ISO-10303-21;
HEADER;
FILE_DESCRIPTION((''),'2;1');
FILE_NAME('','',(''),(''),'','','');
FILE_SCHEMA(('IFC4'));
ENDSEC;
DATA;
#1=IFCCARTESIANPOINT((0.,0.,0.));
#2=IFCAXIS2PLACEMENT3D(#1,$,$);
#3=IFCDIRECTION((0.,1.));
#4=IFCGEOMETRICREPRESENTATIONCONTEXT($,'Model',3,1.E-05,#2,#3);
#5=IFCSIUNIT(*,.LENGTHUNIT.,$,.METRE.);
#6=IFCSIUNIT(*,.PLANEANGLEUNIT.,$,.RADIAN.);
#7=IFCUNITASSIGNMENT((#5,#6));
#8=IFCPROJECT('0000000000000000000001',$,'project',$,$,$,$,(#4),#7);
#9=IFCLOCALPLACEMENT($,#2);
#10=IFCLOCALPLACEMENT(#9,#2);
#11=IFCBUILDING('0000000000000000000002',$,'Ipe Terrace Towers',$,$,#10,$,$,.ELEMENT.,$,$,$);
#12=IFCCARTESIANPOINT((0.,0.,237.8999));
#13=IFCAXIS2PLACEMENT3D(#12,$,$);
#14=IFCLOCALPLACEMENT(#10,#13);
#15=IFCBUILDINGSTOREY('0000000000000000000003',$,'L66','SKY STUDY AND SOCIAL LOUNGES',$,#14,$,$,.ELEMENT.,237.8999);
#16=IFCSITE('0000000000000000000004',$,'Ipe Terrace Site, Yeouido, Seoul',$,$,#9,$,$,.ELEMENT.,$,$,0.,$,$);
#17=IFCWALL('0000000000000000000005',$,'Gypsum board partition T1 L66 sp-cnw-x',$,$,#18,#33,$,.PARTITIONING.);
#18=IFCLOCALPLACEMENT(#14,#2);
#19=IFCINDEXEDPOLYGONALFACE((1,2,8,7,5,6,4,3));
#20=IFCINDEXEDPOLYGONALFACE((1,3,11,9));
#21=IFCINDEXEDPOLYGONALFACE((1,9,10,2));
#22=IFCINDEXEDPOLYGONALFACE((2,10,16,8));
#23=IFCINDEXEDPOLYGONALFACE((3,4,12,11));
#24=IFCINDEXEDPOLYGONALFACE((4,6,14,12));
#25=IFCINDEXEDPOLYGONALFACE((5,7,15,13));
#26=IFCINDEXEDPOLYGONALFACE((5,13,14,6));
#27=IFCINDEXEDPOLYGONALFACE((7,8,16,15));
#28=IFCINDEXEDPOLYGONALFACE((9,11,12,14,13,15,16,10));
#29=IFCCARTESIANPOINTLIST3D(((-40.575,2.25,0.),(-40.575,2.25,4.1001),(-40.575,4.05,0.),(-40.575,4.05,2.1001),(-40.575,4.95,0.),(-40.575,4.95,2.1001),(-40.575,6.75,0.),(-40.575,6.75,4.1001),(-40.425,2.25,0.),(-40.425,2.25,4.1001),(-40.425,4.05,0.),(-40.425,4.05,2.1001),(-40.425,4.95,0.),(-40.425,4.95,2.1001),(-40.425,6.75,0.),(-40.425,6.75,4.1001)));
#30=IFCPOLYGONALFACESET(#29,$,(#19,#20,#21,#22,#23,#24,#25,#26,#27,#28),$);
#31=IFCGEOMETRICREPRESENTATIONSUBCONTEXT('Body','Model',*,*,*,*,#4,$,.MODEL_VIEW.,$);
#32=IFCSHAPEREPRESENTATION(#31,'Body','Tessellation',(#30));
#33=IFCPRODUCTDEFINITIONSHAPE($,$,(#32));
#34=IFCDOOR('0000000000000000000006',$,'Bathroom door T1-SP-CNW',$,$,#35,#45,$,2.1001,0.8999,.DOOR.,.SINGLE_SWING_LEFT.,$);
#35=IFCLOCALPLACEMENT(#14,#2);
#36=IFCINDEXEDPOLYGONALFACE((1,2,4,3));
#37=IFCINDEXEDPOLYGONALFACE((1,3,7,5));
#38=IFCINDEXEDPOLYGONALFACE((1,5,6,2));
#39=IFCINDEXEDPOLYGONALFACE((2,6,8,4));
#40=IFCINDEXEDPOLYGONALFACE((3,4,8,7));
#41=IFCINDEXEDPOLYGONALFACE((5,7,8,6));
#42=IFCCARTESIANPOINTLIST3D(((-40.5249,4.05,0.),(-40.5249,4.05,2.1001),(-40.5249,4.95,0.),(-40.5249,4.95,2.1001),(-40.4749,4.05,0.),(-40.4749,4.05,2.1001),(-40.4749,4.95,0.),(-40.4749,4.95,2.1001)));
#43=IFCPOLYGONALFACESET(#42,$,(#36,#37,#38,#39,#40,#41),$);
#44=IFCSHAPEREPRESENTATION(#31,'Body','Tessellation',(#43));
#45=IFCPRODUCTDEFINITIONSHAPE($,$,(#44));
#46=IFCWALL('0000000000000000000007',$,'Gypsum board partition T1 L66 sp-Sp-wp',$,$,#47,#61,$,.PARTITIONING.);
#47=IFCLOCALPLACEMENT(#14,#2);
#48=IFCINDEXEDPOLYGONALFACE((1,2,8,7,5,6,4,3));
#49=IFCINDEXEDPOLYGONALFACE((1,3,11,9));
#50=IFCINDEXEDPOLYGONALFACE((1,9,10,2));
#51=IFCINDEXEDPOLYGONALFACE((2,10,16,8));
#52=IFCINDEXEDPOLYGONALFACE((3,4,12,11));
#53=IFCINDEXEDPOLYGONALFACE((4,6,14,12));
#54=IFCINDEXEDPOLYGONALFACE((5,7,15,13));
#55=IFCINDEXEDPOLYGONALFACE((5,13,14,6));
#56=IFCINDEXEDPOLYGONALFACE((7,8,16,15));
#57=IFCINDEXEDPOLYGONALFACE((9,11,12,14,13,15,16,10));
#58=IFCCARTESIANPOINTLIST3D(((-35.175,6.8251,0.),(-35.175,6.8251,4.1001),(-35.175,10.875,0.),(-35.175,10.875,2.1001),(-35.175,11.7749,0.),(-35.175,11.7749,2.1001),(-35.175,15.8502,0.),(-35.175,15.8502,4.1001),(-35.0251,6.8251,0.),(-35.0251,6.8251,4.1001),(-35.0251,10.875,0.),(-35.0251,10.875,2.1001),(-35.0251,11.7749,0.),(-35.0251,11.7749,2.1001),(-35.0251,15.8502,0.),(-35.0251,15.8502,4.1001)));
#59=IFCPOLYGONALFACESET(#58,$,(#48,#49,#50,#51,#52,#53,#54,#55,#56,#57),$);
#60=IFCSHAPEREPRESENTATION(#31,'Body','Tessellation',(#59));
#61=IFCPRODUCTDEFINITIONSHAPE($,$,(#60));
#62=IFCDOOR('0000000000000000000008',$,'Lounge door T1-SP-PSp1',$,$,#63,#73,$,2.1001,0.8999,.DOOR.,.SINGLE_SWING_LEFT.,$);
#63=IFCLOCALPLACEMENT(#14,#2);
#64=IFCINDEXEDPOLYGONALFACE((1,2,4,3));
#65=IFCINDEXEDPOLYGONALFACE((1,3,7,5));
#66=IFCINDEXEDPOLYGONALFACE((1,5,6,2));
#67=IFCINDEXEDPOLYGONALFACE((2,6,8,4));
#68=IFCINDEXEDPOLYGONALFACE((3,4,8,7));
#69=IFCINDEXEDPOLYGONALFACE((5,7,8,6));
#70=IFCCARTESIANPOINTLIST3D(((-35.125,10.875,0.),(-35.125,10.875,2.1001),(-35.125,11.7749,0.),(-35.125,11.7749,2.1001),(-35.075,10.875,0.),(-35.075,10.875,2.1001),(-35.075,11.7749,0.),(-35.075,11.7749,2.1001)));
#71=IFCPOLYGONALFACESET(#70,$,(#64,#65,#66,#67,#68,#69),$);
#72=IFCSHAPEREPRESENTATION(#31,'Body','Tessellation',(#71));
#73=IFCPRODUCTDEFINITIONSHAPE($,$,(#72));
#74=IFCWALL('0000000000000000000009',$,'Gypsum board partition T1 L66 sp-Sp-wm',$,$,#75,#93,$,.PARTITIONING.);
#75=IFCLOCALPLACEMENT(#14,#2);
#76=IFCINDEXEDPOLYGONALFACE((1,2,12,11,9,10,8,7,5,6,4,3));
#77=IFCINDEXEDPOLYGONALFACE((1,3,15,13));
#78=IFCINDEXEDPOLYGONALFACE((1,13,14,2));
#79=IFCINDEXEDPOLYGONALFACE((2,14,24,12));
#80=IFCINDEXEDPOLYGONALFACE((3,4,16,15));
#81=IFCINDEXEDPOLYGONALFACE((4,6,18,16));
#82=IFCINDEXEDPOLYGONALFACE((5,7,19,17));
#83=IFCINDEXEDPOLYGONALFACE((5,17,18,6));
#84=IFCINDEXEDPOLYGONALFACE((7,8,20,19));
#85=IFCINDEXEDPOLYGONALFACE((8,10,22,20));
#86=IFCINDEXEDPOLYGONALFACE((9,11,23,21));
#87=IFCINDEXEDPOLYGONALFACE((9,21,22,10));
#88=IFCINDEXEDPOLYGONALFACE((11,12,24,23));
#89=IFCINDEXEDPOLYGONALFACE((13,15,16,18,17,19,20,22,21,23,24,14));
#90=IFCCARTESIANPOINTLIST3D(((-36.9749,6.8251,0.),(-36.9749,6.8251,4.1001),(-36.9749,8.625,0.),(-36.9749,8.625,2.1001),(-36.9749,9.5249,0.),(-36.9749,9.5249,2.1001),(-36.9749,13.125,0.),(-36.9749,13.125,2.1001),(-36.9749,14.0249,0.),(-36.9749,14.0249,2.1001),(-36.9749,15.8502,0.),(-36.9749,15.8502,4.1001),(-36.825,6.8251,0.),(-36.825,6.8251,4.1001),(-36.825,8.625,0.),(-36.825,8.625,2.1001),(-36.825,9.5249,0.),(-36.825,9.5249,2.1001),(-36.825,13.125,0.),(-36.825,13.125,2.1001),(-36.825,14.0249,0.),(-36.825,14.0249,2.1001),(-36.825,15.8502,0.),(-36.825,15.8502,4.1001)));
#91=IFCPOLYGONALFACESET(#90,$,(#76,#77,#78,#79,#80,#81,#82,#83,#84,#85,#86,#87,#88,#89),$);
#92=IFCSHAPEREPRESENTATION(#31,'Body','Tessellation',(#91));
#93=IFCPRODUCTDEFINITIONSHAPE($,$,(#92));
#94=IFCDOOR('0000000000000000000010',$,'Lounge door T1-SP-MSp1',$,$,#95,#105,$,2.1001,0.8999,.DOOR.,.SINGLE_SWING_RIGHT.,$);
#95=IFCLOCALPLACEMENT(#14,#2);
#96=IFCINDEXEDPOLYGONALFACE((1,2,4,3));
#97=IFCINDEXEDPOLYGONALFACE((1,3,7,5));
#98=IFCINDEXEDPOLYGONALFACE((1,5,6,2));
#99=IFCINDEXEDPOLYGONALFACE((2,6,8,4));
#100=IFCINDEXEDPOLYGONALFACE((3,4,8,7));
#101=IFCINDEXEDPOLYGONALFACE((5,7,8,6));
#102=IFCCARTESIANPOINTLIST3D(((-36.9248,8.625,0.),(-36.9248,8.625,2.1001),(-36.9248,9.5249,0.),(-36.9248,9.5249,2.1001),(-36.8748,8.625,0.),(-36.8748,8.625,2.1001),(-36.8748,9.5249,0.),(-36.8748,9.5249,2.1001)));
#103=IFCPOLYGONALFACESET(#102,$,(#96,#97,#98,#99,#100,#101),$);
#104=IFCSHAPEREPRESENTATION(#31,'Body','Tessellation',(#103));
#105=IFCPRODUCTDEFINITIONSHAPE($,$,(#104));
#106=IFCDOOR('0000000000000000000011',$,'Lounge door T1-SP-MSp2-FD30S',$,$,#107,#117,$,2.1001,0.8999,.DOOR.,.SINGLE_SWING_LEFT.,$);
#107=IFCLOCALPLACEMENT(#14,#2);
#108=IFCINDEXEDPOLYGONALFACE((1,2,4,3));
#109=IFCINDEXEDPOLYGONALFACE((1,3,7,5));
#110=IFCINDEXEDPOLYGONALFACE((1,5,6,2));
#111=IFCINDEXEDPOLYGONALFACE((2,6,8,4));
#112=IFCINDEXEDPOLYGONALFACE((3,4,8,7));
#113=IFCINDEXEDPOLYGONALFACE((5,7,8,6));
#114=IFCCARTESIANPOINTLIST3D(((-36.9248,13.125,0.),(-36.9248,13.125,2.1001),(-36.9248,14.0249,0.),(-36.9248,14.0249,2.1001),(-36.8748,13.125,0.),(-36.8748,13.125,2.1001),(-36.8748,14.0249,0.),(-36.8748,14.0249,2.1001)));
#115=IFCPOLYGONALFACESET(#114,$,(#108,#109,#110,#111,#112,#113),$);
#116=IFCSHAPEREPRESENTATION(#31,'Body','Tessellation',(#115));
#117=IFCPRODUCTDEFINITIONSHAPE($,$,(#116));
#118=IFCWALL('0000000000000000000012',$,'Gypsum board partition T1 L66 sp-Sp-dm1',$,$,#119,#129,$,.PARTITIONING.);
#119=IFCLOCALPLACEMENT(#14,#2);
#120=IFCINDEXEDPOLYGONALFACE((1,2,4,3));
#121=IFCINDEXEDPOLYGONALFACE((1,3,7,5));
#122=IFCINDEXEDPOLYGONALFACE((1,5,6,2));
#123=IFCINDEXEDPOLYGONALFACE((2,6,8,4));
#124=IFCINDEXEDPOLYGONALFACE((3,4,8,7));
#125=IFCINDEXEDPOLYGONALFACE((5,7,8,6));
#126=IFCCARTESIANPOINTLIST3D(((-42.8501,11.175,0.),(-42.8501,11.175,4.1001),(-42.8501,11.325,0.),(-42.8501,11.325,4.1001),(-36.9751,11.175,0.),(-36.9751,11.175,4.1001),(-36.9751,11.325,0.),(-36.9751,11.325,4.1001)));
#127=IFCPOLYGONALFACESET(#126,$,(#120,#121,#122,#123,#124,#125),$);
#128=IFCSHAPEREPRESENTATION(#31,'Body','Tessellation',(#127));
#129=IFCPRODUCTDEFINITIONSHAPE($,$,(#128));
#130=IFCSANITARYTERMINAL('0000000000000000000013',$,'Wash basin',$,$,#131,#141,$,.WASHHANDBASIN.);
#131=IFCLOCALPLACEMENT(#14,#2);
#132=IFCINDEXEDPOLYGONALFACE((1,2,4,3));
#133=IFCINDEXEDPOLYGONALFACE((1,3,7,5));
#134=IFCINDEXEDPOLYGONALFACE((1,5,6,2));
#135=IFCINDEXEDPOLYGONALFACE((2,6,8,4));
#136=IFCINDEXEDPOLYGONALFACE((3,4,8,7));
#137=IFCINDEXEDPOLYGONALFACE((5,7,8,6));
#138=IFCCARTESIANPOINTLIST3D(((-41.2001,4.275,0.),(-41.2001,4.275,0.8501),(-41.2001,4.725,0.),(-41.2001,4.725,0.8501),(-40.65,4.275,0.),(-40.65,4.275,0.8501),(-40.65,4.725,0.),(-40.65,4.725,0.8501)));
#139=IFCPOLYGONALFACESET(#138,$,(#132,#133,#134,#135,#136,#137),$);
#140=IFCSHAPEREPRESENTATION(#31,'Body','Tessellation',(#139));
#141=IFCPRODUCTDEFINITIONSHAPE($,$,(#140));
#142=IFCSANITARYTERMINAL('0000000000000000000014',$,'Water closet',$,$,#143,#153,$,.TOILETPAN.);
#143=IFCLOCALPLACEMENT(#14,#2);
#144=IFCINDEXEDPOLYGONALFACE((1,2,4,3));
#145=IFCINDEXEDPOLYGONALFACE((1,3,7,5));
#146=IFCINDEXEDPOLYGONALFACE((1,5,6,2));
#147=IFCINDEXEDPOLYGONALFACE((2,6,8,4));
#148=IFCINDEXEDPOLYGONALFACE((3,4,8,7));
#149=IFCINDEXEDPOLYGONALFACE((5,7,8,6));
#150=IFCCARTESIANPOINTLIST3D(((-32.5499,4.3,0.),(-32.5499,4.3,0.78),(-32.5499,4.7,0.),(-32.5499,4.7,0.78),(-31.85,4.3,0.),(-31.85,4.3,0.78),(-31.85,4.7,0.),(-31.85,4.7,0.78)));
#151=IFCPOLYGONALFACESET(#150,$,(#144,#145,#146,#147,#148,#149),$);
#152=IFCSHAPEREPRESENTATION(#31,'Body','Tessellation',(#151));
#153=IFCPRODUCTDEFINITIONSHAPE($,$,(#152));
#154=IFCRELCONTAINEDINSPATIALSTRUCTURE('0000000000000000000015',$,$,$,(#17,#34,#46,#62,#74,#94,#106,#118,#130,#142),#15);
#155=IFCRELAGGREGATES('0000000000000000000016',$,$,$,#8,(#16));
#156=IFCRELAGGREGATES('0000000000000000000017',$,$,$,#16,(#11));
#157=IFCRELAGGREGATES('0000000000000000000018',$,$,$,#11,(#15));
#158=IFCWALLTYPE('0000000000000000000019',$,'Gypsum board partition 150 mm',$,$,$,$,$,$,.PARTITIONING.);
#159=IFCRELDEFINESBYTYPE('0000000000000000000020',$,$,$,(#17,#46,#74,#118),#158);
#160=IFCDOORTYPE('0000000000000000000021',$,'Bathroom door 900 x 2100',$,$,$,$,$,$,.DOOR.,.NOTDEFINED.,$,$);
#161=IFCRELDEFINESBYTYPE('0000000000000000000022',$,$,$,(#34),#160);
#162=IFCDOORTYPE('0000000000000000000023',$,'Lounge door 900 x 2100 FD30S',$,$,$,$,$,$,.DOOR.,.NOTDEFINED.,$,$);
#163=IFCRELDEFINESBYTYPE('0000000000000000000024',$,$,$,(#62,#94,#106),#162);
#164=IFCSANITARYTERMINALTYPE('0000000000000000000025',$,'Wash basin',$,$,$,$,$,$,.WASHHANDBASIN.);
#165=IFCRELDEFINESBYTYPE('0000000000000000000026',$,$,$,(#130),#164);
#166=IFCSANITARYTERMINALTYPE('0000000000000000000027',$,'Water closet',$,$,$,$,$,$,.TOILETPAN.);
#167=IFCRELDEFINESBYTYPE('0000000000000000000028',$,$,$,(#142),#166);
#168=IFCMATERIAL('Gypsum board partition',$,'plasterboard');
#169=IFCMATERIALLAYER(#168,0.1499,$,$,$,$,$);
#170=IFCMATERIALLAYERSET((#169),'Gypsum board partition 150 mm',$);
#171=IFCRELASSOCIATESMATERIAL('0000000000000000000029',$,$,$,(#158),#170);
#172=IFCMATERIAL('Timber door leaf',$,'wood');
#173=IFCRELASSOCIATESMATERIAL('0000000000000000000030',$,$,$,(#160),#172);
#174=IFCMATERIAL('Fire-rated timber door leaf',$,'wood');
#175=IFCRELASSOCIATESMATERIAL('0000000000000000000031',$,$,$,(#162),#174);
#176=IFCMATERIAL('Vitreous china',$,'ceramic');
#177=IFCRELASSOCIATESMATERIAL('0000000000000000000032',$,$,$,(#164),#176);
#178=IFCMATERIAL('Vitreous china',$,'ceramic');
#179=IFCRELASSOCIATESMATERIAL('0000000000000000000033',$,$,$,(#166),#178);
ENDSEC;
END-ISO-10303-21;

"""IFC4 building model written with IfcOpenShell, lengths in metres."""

from ifc_helpers import new_model, si_unit, direction, frame, frame_2d, origin, origin_2d, place, context, subcontext, project, spatial, rectangle, extrude, material, layer, layer_set, type_object, element, fill, save


model = new_model("IFC4")

# Units and contexts
model_context = context("Model", 3, precision=1e-05, world=origin(), true_north=direction((0.0, 1.0)))
body_context = subcontext(model_context, "Body", "Model", "MODEL_VIEW")
ifc_project = project(units=[si_unit("LENGTHUNIT", "METRE"), si_unit("PLANEANGLEUNIT", "RADIAN")], contexts=[model_context])

# Site, building, storey
site_placement = place(None, origin())
site = spatial("IfcSite", under=ifc_project, at=site_placement, Name="Ipe Terrace Site, Yeouido, Seoul", CompositionType="ELEMENT", RefElevation=0.0)
building_placement = place(site_placement, origin())
building = spatial("IfcBuilding", under=site, at=building_placement, Name="Ipe Terrace Towers", CompositionType="ELEMENT")
storey_placement = place(building_placement, frame((0.0, 0.0, 237.8999)))
storey = spatial("IfcBuildingStorey", under=building, at=storey_placement, Name="L66", Description="SKY STUDY AND SOCIAL LOUNGES", CompositionType="ELEMENT", Elevation=237.8999)

# Shared definitions
ifc_material_1 = material(Name="Gypsum board partition", Category="plasterboard")
ifc_layer_1 = layer(ifc_material_1, 0.1499)
ifc_layer_set_1 = layer_set([ifc_layer_1], Name="Gypsum board partition 150 mm")
wall_type_1 = type_object("IfcWallType", Name="Gypsum board partition 150 mm", PredefinedType="PARTITIONING", material=ifc_layer_set_1)
ifc_material_2 = material(Name="Timber door leaf", Category="wood")
door_type_1 = type_object("IfcDoorType", Name="Bathroom door 900 x 2100", OperationType="NOTDEFINED", PredefinedType="DOOR", material=ifc_material_2)

# Walls, openings, doors
wall_1_placement = place(storey_placement, frame((-40.5, 2.25, 0.0), z_axis=(0.0, 0.0, 1.0), x_axis=(0.0, 1.0, 0.0)))
wall_1 = element("IfcWall", 1, at=wall_1_placement, inside=storey, type_object=wall_type_1, Name="Gypsum board partition T1 L66 sp-cnw-x", PredefinedType="PARTITIONING", context=body_context, shape_type="SweptSolid", body=[
    extrude(rectangle(XDim=4.5, YDim=0.1499, at=frame_2d((2.25, 0.0))), origin(), (0.0, 0.0, 1.0), 4.1001),
])
opening_1_placement = place(wall_1_placement, frame((1.8, 0.0, 0.0)))
opening_1 = element("IfcOpeningElement", 2, at=opening_1_placement, cuts=wall_1, PredefinedType="OPENING", context=body_context, shape_type="SweptSolid", body=[
    extrude(rectangle(XDim=0.8999, YDim=2.1001, at=frame_2d((0.45, 1.05))), frame((0.0, 0.085, 0.0), z_axis=(0.0, -1.0, 0.0), x_axis=(1.0, 0.0, 0.0)), (0.0, 0.0, 1.0), 0.1699),
])
door_1_placement = place(opening_1_placement, origin())
door_1 = element("IfcDoor", 3, at=door_1_placement, inside=storey, type_object=door_type_1, Name="Bathroom door T1-SP-CNW", OperationType="SINGLE_SWING_LEFT", OverallHeight=2.1001, OverallWidth=0.8999, PredefinedType="DOOR", context=body_context, shape_type="SweptSolid", body=[
    extrude(rectangle(XDim=0.8999, YDim=2.1001, at=frame_2d((0.45, 1.05))), frame((0.0, 0.0249, 0.0), z_axis=(0.0, -1.0, 0.0), x_axis=(1.0, 0.0, 0.0)), (0.0, 0.0, 1.0), 0.05),
])
fill(opening_1, door_1)
wall_2_placement = place(storey_placement, frame((-35.1001, 6.825, 0.0), z_axis=(0.0, 0.0, 1.0), x_axis=(0.0, 1.0, 0.0)))
wall_2 = element("IfcWall", 4, at=wall_2_placement, inside=storey, type_object=wall_type_1, Name="Gypsum board partition T1 L66 sp-Sp-wp", PredefinedType="PARTITIONING", context=body_context, shape_type="SweptSolid", body=[
    extrude(rectangle(XDim=9.0251, YDim=0.1499, at=frame_2d((4.5127, 0.0))), origin(), (0.0, 0.0, 1.0), 4.1001),
])
opening_2_placement = place(wall_2_placement, frame((4.05, 0.0, 0.0)))
opening_2 = element("IfcOpeningElement", 5, at=opening_2_placement, cuts=wall_2, PredefinedType="OPENING", context=body_context, shape_type="SweptSolid", body=[
    extrude(rectangle(XDim=0.8999, YDim=2.1001, at=frame_2d((0.45, 1.05))), frame((0.0, 0.085, 0.0), z_axis=(0.0, -1.0, 0.0), x_axis=(1.0, 0.0, 0.0)), (0.0, 0.0, 1.0), 0.1699),
])
ifc_material_3 = material(Name="Fire-rated timber door leaf", Category="wood")
door_type_2 = type_object("IfcDoorType", Name="Lounge door 900 x 2100 FD30S", OperationType="NOTDEFINED", PredefinedType="DOOR", material=ifc_material_3)
door_2_placement = place(opening_2_placement, origin())
door_2 = element("IfcDoor", 6, at=door_2_placement, inside=storey, type_object=door_type_2, Name="Lounge door T1-SP-PSp1", OperationType="SINGLE_SWING_LEFT", OverallHeight=2.1001, OverallWidth=0.8999, PredefinedType="DOOR", context=body_context, shape_type="SweptSolid", body=[
    extrude(rectangle(XDim=0.8999, YDim=2.1001, at=frame_2d((0.45, 1.05))), frame((0.0, 0.0249, 0.0), z_axis=(0.0, -1.0, 0.0), x_axis=(1.0, 0.0, 0.0)), (0.0, 0.0, 1.0), 0.05),
])
fill(opening_2, door_2)

# Wall, openings, doors
wall_3_placement = place(storey_placement, frame((-36.8999, 6.825, 0.0), z_axis=(0.0, 0.0, 1.0), x_axis=(0.0, 1.0, 0.0)))
wall_3 = element("IfcWall", 7, at=wall_3_placement, inside=storey, type_object=wall_type_1, Name="Gypsum board partition T1 L66 sp-Sp-wm", PredefinedType="PARTITIONING", context=body_context, shape_type="SweptSolid", body=[
    extrude(rectangle(XDim=9.0251, YDim=0.1499, at=frame_2d((4.5127, 0.0))), origin(), (0.0, 0.0, 1.0), 4.1001),
])
opening_3_placement = place(wall_3_placement, frame((1.8, 0.0, 0.0)))
opening_3 = element("IfcOpeningElement", 8, at=opening_3_placement, cuts=wall_3, PredefinedType="OPENING", context=body_context, shape_type="SweptSolid", body=[
    extrude(rectangle(XDim=0.8999, YDim=2.1001, at=frame_2d((0.45, 1.05))), frame((0.0, 0.085, 0.0), z_axis=(0.0, -1.0, 0.0), x_axis=(1.0, 0.0, 0.0)), (0.0, 0.0, 1.0), 0.1699),
])
opening_4_placement = place(wall_3_placement, frame((6.3, 0.0, 0.0)))
opening_4 = element("IfcOpeningElement", 9, at=opening_4_placement, cuts=wall_3, PredefinedType="OPENING", context=body_context, shape_type="SweptSolid", body=[
    extrude(rectangle(XDim=0.8999, YDim=2.1001, at=frame_2d((0.45, 1.05))), frame((0.0, 0.085, 0.0), z_axis=(0.0, -1.0, 0.0), x_axis=(1.0, 0.0, 0.0)), (0.0, 0.0, 1.0), 0.1699),
])
door_3_placement = place(opening_3_placement, origin())
door_3 = element("IfcDoor", 10, at=door_3_placement, inside=storey, type_object=door_type_2, Name="Lounge door T1-SP-MSp1", OperationType="SINGLE_SWING_RIGHT", OverallHeight=2.1001, OverallWidth=0.8999, PredefinedType="DOOR", context=body_context, shape_type="SweptSolid", body=[
    extrude(rectangle(XDim=0.8999, YDim=2.1001, at=frame_2d((0.45, 1.05))), frame((0.0, 0.0249, 0.0), z_axis=(0.0, -1.0, 0.0), x_axis=(1.0, 0.0, 0.0)), (0.0, 0.0, 1.0), 0.05),
])
fill(opening_3, door_3)
door_4_placement = place(opening_4_placement, origin())
door_4 = element("IfcDoor", 11, at=door_4_placement, inside=storey, type_object=door_type_2, Name="Lounge door T1-SP-MSp2-FD30S", OperationType="SINGLE_SWING_LEFT", OverallHeight=2.1001, OverallWidth=0.8999, PredefinedType="DOOR", context=body_context, shape_type="SweptSolid", body=[
    extrude(rectangle(XDim=0.8999, YDim=2.1001, at=frame_2d((0.45, 1.05))), frame((0.0, 0.0249, 0.0), z_axis=(0.0, -1.0, 0.0), x_axis=(1.0, 0.0, 0.0)), (0.0, 0.0, 1.0), 0.05),
])
fill(opening_4, door_4)

# Wall
wall_4_placement = place(storey_placement, frame((-36.9751, 11.25, 0.0), z_axis=(0.0, 0.0, 1.0), x_axis=(-1.0, 0.0, 0.0)))
element("IfcWall", 12, at=wall_4_placement, inside=storey, type_object=wall_type_1, Name="Gypsum board partition T1 L66 sp-Sp-dm1", PredefinedType="PARTITIONING", context=body_context, shape_type="SweptSolid", body=[
    extrude(rectangle(XDim=5.875, YDim=0.1499, at=frame_2d((2.9375, 0.0))), origin(), (0.0, 0.0, 1.0), 4.1001),
])

# Sanitary terminals
ifc_material_4 = material(Name="Vitreous china", Category="ceramic")
sanitary_terminal_type_1 = type_object("IfcSanitaryTerminalType", Name="Wash basin", PredefinedType="WASHHANDBASIN", material=ifc_material_4)
sanitary_terminal_1_placement = place(storey_placement, frame((-40.925, 4.5, 0.0), z_axis=(0.0, 0.0, 1.0), x_axis=(1.0, 0.0, 0.0)))
element("IfcSanitaryTerminal", 13, at=sanitary_terminal_1_placement, inside=storey, type_object=sanitary_terminal_type_1, Name="Wash basin", PredefinedType="WASHHANDBASIN", context=body_context, shape_type="SweptSolid", body=[
    extrude(rectangle(XDim=0.55, YDim=0.45, at=origin_2d()), origin(), (0.0, 0.0, 1.0), 0.8501),
])
ifc_material_5 = material(Name="Vitreous china", Category="ceramic")
sanitary_terminal_type_2 = type_object("IfcSanitaryTerminalType", Name="Water closet", PredefinedType="TOILETPAN", material=ifc_material_5)
sanitary_terminal_2_placement = place(storey_placement, frame((-32.2, 4.5, 0.0), z_axis=(0.0, 0.0, 1.0), x_axis=(1.0, 0.0, 0.0)))
element("IfcSanitaryTerminal", 14, at=sanitary_terminal_2_placement, inside=storey, type_object=sanitary_terminal_type_2, Name="Water closet", PredefinedType="TOILETPAN", context=body_context, shape_type="SweptSolid", body=[
    extrude(rectangle(XDim=0.7, YDim=0.3999, at=origin_2d()), origin(), (0.0, 0.0, 1.0), 0.78),
])

save(model, "model.ifc")
